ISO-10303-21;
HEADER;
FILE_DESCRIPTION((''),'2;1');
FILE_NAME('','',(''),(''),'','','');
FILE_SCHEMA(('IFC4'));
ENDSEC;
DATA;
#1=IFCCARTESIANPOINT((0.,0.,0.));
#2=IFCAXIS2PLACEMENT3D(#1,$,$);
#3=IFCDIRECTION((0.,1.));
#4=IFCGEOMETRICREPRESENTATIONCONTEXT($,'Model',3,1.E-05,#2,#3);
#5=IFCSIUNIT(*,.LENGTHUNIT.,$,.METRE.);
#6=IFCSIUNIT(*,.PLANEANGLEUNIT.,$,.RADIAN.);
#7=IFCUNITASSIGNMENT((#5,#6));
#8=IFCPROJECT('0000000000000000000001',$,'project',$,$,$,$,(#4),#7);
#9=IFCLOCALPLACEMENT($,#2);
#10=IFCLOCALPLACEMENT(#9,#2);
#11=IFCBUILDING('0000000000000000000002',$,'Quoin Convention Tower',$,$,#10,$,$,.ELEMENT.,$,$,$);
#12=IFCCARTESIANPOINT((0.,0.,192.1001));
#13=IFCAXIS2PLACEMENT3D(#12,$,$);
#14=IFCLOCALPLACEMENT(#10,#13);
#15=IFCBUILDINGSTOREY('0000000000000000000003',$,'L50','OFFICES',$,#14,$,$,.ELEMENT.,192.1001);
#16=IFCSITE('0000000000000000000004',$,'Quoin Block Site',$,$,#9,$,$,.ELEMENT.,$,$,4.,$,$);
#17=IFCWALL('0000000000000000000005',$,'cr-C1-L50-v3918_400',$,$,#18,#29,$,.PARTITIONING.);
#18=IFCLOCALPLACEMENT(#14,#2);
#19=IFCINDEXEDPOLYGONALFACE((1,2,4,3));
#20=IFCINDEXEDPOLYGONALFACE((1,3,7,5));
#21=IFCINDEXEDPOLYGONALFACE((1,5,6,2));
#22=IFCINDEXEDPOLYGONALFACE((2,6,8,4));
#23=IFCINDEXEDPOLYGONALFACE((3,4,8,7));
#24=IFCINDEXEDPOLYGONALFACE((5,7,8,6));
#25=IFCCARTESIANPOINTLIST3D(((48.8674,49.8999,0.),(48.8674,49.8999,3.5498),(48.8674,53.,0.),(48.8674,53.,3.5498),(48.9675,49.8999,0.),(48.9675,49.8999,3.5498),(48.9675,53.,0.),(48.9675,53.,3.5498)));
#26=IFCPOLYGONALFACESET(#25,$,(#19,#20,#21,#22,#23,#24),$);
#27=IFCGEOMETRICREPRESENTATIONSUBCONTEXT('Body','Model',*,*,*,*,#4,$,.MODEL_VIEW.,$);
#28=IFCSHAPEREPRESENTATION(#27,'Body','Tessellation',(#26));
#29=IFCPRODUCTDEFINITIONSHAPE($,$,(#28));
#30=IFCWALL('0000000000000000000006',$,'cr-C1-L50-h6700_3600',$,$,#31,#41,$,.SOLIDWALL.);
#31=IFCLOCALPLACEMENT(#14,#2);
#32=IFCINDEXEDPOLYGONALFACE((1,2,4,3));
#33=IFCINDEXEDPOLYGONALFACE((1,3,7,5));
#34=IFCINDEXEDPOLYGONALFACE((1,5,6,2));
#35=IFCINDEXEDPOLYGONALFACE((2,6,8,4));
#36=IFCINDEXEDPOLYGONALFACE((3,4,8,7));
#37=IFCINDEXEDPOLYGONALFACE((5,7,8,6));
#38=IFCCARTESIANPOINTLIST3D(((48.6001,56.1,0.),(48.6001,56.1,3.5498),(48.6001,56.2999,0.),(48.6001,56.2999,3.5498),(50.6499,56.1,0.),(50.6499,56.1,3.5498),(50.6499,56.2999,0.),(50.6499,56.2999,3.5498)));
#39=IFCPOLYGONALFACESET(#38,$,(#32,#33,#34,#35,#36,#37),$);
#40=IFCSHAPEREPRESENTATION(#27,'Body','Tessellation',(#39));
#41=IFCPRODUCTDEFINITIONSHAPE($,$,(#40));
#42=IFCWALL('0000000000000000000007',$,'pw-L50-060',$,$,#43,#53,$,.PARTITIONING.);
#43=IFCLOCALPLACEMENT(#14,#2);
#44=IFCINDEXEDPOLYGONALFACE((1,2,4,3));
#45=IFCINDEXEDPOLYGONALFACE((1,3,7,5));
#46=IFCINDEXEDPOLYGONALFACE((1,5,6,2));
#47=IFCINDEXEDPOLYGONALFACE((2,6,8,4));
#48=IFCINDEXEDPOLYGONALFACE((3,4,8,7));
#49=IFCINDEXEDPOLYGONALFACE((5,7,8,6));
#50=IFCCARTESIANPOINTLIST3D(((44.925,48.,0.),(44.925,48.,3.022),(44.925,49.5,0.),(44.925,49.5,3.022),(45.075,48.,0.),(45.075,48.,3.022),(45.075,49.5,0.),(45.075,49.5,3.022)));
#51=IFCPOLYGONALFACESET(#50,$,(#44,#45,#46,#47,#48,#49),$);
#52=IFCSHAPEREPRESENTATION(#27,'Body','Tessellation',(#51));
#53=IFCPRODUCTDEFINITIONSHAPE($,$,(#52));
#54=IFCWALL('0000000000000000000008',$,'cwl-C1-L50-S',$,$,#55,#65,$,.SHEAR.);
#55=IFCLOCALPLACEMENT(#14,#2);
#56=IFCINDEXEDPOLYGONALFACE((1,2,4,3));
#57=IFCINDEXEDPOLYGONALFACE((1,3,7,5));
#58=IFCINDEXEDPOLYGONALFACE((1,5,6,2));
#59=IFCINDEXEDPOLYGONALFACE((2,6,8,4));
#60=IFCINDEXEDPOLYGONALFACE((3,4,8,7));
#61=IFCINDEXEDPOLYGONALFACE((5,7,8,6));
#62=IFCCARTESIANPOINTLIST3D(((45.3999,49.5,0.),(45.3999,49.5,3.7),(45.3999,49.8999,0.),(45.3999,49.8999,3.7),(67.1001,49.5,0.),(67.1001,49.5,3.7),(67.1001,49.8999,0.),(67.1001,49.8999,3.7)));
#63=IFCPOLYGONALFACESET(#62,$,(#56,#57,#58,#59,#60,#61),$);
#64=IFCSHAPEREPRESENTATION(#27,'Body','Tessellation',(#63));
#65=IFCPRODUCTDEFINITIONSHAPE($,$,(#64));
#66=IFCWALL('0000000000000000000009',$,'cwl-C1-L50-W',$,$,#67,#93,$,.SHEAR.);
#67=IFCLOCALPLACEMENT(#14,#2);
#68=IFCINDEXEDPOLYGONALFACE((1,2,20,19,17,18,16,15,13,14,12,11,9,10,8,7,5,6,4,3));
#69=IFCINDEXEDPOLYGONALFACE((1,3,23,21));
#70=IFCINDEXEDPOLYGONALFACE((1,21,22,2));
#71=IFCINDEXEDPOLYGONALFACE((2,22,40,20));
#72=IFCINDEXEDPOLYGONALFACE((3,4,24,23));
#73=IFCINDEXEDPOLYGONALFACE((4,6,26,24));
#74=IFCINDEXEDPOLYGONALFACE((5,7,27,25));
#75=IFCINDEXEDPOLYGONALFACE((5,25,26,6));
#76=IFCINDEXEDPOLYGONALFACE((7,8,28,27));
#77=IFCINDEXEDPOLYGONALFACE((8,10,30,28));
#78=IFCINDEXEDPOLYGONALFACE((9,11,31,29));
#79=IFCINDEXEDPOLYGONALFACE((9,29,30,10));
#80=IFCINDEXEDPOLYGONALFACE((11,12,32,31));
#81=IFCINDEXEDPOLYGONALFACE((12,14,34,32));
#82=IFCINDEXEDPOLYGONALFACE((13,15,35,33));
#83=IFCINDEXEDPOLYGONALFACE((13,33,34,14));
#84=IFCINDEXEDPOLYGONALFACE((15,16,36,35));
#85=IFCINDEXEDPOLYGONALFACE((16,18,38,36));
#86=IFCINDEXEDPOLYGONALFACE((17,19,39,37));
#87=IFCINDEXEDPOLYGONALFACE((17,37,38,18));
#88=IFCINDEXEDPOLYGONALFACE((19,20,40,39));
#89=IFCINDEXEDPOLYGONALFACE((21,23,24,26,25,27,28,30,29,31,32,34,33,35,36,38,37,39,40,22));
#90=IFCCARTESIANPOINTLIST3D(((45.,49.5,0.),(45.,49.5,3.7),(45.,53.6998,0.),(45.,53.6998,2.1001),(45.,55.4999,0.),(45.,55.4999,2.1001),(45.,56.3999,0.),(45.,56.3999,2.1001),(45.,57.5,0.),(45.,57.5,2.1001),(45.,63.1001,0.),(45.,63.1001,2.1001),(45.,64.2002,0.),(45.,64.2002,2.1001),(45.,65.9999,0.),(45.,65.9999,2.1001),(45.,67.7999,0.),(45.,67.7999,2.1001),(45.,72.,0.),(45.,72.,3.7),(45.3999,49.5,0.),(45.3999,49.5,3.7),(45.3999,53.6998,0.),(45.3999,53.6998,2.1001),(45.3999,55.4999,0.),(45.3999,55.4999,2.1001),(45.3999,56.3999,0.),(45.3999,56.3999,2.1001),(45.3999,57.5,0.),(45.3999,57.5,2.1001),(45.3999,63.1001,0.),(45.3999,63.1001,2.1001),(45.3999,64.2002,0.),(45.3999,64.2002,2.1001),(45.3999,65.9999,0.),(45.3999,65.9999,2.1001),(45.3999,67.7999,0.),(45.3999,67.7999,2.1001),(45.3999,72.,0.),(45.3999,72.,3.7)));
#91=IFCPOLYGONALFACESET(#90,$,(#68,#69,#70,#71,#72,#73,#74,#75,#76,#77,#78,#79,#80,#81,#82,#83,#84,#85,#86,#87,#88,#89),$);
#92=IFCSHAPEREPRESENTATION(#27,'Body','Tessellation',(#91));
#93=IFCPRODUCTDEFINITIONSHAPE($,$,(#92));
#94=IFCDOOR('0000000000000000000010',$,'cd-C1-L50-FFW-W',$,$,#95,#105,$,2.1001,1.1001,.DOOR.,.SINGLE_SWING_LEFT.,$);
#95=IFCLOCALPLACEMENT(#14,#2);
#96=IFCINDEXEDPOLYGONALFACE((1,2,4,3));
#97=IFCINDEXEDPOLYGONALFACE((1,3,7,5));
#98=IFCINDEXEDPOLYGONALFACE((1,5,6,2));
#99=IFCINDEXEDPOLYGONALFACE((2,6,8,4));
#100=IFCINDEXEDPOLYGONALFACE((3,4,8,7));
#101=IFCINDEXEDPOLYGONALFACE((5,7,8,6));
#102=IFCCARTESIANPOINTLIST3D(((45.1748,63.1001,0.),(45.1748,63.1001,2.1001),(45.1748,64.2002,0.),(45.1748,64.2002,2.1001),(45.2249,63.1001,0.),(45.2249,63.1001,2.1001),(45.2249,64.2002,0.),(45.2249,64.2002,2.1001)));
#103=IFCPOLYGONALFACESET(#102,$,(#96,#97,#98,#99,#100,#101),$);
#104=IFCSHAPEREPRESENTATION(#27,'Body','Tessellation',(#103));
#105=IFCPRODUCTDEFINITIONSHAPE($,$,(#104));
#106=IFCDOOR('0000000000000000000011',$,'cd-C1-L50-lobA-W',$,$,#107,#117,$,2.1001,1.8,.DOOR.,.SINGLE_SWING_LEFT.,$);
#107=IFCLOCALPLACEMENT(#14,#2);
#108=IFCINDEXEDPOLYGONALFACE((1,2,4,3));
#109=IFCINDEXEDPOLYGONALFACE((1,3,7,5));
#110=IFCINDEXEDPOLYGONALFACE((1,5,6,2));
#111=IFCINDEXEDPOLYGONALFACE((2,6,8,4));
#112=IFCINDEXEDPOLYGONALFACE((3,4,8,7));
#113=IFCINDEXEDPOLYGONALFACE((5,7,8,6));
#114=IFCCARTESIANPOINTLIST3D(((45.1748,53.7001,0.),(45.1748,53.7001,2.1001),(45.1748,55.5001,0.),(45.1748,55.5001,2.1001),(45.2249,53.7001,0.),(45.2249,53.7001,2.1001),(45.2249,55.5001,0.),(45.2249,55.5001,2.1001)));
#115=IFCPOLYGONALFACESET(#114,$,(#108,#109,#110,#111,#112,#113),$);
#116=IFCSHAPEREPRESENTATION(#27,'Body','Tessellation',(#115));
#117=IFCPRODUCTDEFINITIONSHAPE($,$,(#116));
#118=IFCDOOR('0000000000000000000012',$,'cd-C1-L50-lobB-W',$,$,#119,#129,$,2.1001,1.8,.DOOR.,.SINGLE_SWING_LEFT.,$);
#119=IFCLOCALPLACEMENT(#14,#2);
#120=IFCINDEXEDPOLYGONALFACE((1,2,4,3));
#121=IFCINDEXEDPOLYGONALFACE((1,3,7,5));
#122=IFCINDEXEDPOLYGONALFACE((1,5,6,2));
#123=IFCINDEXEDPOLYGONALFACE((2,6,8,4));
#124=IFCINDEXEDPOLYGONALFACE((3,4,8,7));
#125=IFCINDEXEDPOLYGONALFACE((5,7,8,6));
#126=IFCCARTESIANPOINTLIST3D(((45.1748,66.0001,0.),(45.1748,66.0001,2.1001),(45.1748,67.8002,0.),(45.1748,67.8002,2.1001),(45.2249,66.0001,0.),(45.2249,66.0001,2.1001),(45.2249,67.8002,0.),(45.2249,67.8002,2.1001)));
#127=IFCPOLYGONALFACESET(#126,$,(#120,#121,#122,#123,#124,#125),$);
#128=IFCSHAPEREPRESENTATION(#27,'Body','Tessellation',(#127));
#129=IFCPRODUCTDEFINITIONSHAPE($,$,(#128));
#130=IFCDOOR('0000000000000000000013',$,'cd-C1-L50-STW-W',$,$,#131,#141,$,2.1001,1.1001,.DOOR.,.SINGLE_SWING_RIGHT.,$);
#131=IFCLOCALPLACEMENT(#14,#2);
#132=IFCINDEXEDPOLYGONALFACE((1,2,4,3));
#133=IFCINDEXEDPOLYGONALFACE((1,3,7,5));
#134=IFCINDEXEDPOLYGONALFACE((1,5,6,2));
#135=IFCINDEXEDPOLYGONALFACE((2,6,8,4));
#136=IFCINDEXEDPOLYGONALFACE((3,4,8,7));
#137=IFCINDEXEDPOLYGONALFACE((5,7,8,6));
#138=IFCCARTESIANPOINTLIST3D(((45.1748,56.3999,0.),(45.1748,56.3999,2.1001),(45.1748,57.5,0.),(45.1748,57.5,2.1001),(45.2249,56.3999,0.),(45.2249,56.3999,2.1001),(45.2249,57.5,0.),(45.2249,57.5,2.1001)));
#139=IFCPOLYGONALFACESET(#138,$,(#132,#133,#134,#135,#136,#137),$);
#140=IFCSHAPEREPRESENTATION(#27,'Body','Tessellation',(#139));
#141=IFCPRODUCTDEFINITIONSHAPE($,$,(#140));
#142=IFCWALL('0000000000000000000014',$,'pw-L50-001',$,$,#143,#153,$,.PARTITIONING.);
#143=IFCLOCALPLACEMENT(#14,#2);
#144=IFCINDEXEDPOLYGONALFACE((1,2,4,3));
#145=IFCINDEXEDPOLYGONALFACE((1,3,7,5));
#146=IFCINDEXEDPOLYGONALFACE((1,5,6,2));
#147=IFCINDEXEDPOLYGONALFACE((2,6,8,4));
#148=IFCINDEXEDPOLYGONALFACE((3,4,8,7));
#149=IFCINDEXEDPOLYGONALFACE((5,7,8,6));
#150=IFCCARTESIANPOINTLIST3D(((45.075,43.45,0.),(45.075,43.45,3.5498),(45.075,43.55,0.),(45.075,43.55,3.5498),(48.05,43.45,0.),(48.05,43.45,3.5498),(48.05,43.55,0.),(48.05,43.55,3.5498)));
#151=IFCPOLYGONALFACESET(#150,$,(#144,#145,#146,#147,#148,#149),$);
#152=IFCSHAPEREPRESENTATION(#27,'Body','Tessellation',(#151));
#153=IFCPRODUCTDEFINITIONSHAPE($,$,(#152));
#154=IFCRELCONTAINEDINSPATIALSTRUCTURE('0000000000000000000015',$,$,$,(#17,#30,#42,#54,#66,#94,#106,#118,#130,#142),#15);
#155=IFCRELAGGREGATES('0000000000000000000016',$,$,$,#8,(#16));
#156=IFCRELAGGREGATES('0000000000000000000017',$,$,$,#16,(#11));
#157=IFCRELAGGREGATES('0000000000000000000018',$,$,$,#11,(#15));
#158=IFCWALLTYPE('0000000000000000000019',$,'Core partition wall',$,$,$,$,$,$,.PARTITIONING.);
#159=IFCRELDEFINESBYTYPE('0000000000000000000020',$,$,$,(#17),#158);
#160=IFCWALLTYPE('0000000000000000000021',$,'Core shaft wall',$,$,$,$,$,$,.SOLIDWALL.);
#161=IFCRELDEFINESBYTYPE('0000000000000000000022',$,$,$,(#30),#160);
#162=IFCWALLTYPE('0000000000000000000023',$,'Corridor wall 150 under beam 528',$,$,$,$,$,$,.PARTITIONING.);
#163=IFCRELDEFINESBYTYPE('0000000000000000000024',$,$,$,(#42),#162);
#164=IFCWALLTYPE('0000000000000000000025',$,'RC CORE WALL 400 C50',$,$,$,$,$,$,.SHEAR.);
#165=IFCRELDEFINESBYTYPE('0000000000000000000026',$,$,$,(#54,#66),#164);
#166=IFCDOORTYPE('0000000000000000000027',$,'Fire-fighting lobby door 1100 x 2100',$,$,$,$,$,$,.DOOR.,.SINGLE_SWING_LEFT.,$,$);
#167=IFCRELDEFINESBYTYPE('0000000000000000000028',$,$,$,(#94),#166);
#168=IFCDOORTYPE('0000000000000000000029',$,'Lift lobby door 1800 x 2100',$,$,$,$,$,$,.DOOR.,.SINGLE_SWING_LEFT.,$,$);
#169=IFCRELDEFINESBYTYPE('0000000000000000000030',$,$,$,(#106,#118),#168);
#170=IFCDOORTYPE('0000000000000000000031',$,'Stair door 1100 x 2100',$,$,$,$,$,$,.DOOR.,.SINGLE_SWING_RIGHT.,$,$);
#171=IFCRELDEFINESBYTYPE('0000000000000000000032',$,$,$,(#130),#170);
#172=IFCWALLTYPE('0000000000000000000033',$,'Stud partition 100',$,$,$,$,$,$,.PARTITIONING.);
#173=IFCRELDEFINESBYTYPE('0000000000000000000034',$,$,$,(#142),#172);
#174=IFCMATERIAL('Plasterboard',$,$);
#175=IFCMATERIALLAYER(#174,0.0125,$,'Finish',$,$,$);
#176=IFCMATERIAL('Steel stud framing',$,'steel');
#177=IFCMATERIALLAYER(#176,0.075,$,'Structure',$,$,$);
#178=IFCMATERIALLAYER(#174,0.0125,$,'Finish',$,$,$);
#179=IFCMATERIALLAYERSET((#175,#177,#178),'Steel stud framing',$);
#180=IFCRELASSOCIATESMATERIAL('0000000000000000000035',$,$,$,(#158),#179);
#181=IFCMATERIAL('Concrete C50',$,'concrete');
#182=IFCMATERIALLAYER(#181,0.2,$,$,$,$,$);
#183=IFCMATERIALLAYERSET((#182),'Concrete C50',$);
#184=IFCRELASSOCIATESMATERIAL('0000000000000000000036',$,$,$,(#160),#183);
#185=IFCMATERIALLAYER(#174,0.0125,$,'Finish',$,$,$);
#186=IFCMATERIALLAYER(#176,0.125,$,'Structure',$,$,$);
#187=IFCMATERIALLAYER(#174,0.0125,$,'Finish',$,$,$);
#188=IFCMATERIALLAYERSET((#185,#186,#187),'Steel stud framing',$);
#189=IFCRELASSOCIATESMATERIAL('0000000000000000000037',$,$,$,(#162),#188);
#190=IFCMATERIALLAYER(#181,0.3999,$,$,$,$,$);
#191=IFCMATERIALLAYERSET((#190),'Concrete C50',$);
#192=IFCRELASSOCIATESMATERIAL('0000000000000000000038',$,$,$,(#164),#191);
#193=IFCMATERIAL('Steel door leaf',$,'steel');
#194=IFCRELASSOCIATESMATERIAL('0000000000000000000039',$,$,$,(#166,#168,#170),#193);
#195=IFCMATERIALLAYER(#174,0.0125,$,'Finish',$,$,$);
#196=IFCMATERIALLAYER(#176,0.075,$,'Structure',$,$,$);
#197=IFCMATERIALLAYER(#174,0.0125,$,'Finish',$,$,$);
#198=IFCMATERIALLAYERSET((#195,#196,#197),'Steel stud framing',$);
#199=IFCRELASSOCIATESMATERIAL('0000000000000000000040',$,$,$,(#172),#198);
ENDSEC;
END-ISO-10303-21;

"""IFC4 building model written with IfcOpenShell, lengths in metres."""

from ifc_helpers import new_model, si_unit, direction, frame, frame_2d, origin, place, context, subcontext, project, spatial, rectangle, extrude, material, layer, layer_set, type_object, element, fill, save


model = new_model("IFC4")

# Units and contexts
model_context = context("Model", 3, precision=1e-05, world=origin(), true_north=direction((0.0, 1.0)))
body_context = subcontext(model_context, "Body", "Model", "MODEL_VIEW")
ifc_project = project(units=[si_unit("LENGTHUNIT", "METRE"), si_unit("PLANEANGLEUNIT", "RADIAN")], contexts=[model_context])

# Site, building, storey
site_placement = place(None, origin())
site = spatial("IfcSite", under=ifc_project, at=site_placement, Name="Quoin Block Site", CompositionType="ELEMENT", RefElevation=4.0)
building_placement = place(site_placement, origin())
building = spatial("IfcBuilding", under=site, at=building_placement, Name="Quoin Convention Tower", CompositionType="ELEMENT")
storey_placement = place(building_placement, frame((0.0, 0.0, 192.1001)))
storey = spatial("IfcBuildingStorey", under=building, at=storey_placement, Name="L50", Description="OFFICES", CompositionType="ELEMENT", Elevation=192.1001)

# Shared definitions
ifc_material_1 = material(Name="Plasterboard")
ifc_layer_1 = layer(ifc_material_1, 0.0125, Name="Finish")
ifc_material_2 = material(Name="Steel stud framing", Category="steel")
ifc_layer_2 = layer(ifc_material_2, 0.075, Name="Structure")
ifc_layer_3 = layer(ifc_material_1, 0.0125, Name="Finish")
ifc_layer_set_1 = layer_set([ifc_layer_1, ifc_layer_2, ifc_layer_3], Name="Steel stud framing")
wall_type_1 = type_object("IfcWallType", Name="Core partition wall", PredefinedType="PARTITIONING", material=ifc_layer_set_1)
ifc_material_3 = material(Name="Steel door leaf", Category="steel")

# Walls
for number, where, z_axis, x_axis, name in (
    (1, (48.9175, 49.8999, 0.0), (0.0, 0.0, 1.0), (0.0, 1.0, 0.0), "cr-C1-L50-v3918_400"),
):
    element("IfcWall", number, at=place(storey_placement, frame(where, z_axis=z_axis, x_axis=x_axis)), inside=storey, type_object=wall_type_1, Name=name, PredefinedType="PARTITIONING", context=body_context, shape_type="SweptSolid", body=[
        extrude(rectangle(XDim=3.1001, YDim=0.1001, at=frame_2d((1.55, 0.0))), origin(), (0.0, 0.0, 1.0), 3.5498),
    ])
ifc_material_4 = material(Name="Concrete C50", Category="concrete")
ifc_layer_4 = layer(ifc_material_4, 0.2)
ifc_layer_set_2 = layer_set([ifc_layer_4], Name="Concrete C50")
wall_type_2 = type_object("IfcWallType", Name="Core shaft wall", PredefinedType="SOLIDWALL", material=ifc_layer_set_2)
wall_1_placement = place(storey_placement, frame((48.6001, 56.2, 0.0), z_axis=(0.0, 0.0, 1.0), x_axis=(1.0, 0.0, 0.0)))
element("IfcWall", 2, at=wall_1_placement, inside=storey, type_object=wall_type_2, Name="cr-C1-L50-h6700_3600", PredefinedType="SOLIDWALL", context=body_context, shape_type="SweptSolid", body=[
    extrude(rectangle(XDim=2.0498, YDim=0.2, at=frame_2d((1.0249, 0.0))), origin(), (0.0, 0.0, 1.0), 3.5498),
])
ifc_layer_5 = layer(ifc_material_1, 0.0125, Name="Finish")
ifc_layer_6 = layer(ifc_material_2, 0.125, Name="Structure")
ifc_layer_7 = layer(ifc_material_1, 0.0125, Name="Finish")
ifc_layer_set_3 = layer_set([ifc_layer_5, ifc_layer_6, ifc_layer_7], Name="Steel stud framing")
wall_type_3 = type_object("IfcWallType", Name="Corridor wall 150 under beam 528", PredefinedType="PARTITIONING", material=ifc_layer_set_3)
wall_2_placement = place(storey_placement, frame((45.0, 48.0, 0.0), z_axis=(0.0, 0.0, 1.0), x_axis=(0.0, 1.0, 0.0)))
element("IfcWall", 3, at=wall_2_placement, inside=storey, type_object=wall_type_3, Name="pw-L50-060", PredefinedType="PARTITIONING", context=body_context, shape_type="SweptSolid", body=[
    extrude(rectangle(XDim=1.5, YDim=0.1499, at=frame_2d((0.75, 0.0))), origin(), (0.0, 0.0, 1.0), 3.022),
])
ifc_layer_8 = layer(ifc_material_4, 0.3999)
ifc_layer_set_4 = layer_set([ifc_layer_8], Name="Concrete C50")
wall_type_4 = type_object("IfcWallType", Name="RC CORE WALL 400 C50", PredefinedType="SHEAR", material=ifc_layer_set_4)
wall_3_placement = place(storey_placement, frame((45.3999, 49.7, 0.0), z_axis=(0.0, 0.0, 1.0), x_axis=(1.0, 0.0, 0.0)))
element("IfcWall", 4, at=wall_3_placement, inside=storey, type_object=wall_type_4, Name="cwl-C1-L50-S", PredefinedType="SHEAR", context=body_context, shape_type="SweptSolid", body=[
    extrude(rectangle(XDim=21.7002, YDim=0.3999, at=frame_2d((10.8501, 0.0))), origin(), (0.0, 0.0, 1.0), 3.7),
])

# Wall, openings, doors
wall_4_placement = place(storey_placement, frame((45.2, 49.5, 0.0), z_axis=(0.0, 0.0, 1.0), x_axis=(0.0, 1.0, 0.0)))
wall_4 = element("IfcWall", 5, at=wall_4_placement, inside=storey, type_object=wall_type_4, Name="cwl-C1-L50-W", PredefinedType="SHEAR", context=body_context, shape_type="SweptSolid", body=[
    extrude(rectangle(XDim=22.5, YDim=0.3999, at=frame_2d((11.25, 0.0))), origin(), (0.0, 0.0, 1.0), 3.7),
])
opening_1_placement = place(wall_4_placement, frame((4.2, 0.0, 0.0)))
opening_1 = element("IfcOpeningElement", 6, at=opening_1_placement, cuts=wall_4, PredefinedType="OPENING", context=body_context, shape_type="SweptSolid", body=[
    extrude(rectangle(XDim=1.8, YDim=2.1001, at=frame_2d((0.8999, 1.05))), frame((0.0, 0.21, 0.0), z_axis=(0.0, -1.0, 0.0), x_axis=(1.0, 0.0, 0.0)), (0.0, 0.0, 1.0), 0.4199),
])
opening_2_placement = place(wall_4_placement, frame((6.8999, 0.0, 0.0)))
opening_2 = element("IfcOpeningElement", 7, at=opening_2_placement, cuts=wall_4, PredefinedType="OPENING", context=body_context, shape_type="SweptSolid", body=[
    extrude(rectangle(XDim=1.1001, YDim=2.1001, at=frame_2d((0.55, 1.05))), frame((0.0, 0.21, 0.0), z_axis=(0.0, -1.0, 0.0), x_axis=(1.0, 0.0, 0.0)), (0.0, 0.0, 1.0), 0.4199),
])
opening_3_placement = place(wall_4_placement, frame((13.6001, 0.0, 0.0)))
opening_3 = element("IfcOpeningElement", 8, at=opening_3_placement, cuts=wall_4, PredefinedType="OPENING", context=body_context, shape_type="SweptSolid", body=[
    extrude(rectangle(XDim=1.1001, YDim=2.1001, at=frame_2d((0.55, 1.05))), frame((0.0, 0.21, 0.0), z_axis=(0.0, -1.0, 0.0), x_axis=(1.0, 0.0, 0.0)), (0.0, 0.0, 1.0), 0.4199),
])
opening_4_placement = place(wall_4_placement, frame((16.5, 0.0, 0.0)))
opening_4 = element("IfcOpeningElement", 9, at=opening_4_placement, cuts=wall_4, PredefinedType="OPENING", context=body_context, shape_type="SweptSolid", body=[
    extrude(rectangle(XDim=1.8, YDim=2.1001, at=frame_2d((0.8999, 1.05))), frame((0.0, 0.21, 0.0), z_axis=(0.0, -1.0, 0.0), x_axis=(1.0, 0.0, 0.0)), (0.0, 0.0, 1.0), 0.4199),
])
door_type_1 = type_object("IfcDoorType", Name="Fire-fighting lobby door 1100 x 2100", OperationType="SINGLE_SWING_LEFT", PredefinedType="DOOR", material=ifc_material_3)
door_1_placement = place(opening_3_placement, frame((1.1001, 0.0, 0.0), z_axis=(0.0, 0.0, 1.0), x_axis=(-1.0, 0.0, 0.0)))
door_1 = element("IfcDoor", 10, at=door_1_placement, inside=storey, type_object=door_type_1, Name="cd-C1-L50-FFW-W", OperationType="SINGLE_SWING_LEFT", OverallHeight=2.1001, OverallWidth=1.1001, PredefinedType="DOOR", context=body_context, shape_type="SweptSolid", body=[
    extrude(rectangle(XDim=1.1001, YDim=2.1001, at=frame_2d((0.55, 1.05))), frame((0.0, 0.0249, 0.0), z_axis=(0.0, -1.0, 0.0), x_axis=(1.0, 0.0, 0.0)), (0.0, 0.0, 1.0), 0.05),
])
fill(opening_3, door_1)
door_type_2 = type_object("IfcDoorType", Name="Lift lobby door 1800 x 2100", OperationType="SINGLE_SWING_LEFT", PredefinedType="DOOR", material=ifc_material_3)
door_2_placement = place(opening_1_placement, frame((1.8, 0.0, 0.0), z_axis=(0.0, 0.0, 1.0), x_axis=(-1.0, 0.0, 0.0)))
door_2 = element("IfcDoor", 11, at=door_2_placement, inside=storey, type_object=door_type_2, Name="cd-C1-L50-lobA-W", OperationType="SINGLE_SWING_LEFT", OverallHeight=2.1001, OverallWidth=1.8, PredefinedType="DOOR", context=body_context, shape_type="SweptSolid", body=[
    extrude(rectangle(XDim=1.8, YDim=2.1001, at=frame_2d((0.8999, 1.05))), frame((0.0, 0.0249, 0.0), z_axis=(0.0, -1.0, 0.0), x_axis=(1.0, 0.0, 0.0)), (0.0, 0.0, 1.0), 0.05),
])
fill(opening_1, door_2)
door_3_placement = place(opening_4_placement, frame((1.8, 0.0, 0.0), z_axis=(0.0, 0.0, 1.0), x_axis=(-1.0, 0.0, 0.0)))
door_3 = element("IfcDoor", 12, at=door_3_placement, inside=storey, type_object=door_type_2, Name="cd-C1-L50-lobB-W", OperationType="SINGLE_SWING_LEFT", OverallHeight=2.1001, OverallWidth=1.8, PredefinedType="DOOR", context=body_context, shape_type="SweptSolid", body=[
    extrude(rectangle(XDim=1.8, YDim=2.1001, at=frame_2d((0.8999, 1.05))), frame((0.0, 0.0249, 0.0), z_axis=(0.0, -1.0, 0.0), x_axis=(1.0, 0.0, 0.0)), (0.0, 0.0, 1.0), 0.05),
])
fill(opening_4, door_3)
door_type_3 = type_object("IfcDoorType", Name="Stair door 1100 x 2100", OperationType="SINGLE_SWING_RIGHT", PredefinedType="DOOR", material=ifc_material_3)
door_4_placement = place(opening_2_placement, frame((1.1001, 0.0, 0.0), z_axis=(0.0, 0.0, 1.0), x_axis=(-1.0, 0.0, 0.0)))
door_4 = element("IfcDoor", 13, at=door_4_placement, inside=storey, type_object=door_type_3, Name="cd-C1-L50-STW-W", OperationType="SINGLE_SWING_RIGHT", OverallHeight=2.1001, OverallWidth=1.1001, PredefinedType="DOOR", context=body_context, shape_type="SweptSolid", body=[
    extrude(rectangle(XDim=1.1001, YDim=2.1001, at=frame_2d((0.55, 1.05))), frame((0.0, 0.0249, 0.0), z_axis=(0.0, -1.0, 0.0), x_axis=(1.0, 0.0, 0.0)), (0.0, 0.0, 1.0), 0.05),
])
fill(opening_2, door_4)

# Wall
ifc_layer_9 = layer(ifc_material_1, 0.0125, Name="Finish")
ifc_layer_10 = layer(ifc_material_2, 0.075, Name="Structure")
ifc_layer_11 = layer(ifc_material_1, 0.0125, Name="Finish")
ifc_layer_set_5 = layer_set([ifc_layer_9, ifc_layer_10, ifc_layer_11], Name="Steel stud framing")
wall_type_5 = type_object("IfcWallType", Name="Stud partition 100", PredefinedType="PARTITIONING", material=ifc_layer_set_5)
wall_5_placement = place(storey_placement, frame((45.075, 43.5, 0.0), z_axis=(0.0, 0.0, 1.0), x_axis=(1.0, 0.0, 0.0)))
element("IfcWall", 14, at=wall_5_placement, inside=storey, type_object=wall_type_5, Name="pw-L50-001", PredefinedType="PARTITIONING", context=body_context, shape_type="SweptSolid", body=[
    extrude(rectangle(XDim=2.9751, YDim=0.1001, at=frame_2d((1.4875, 0.0))), origin(), (0.0, 0.0, 1.0), 3.5498),
])

save(model, "model.ifc")
